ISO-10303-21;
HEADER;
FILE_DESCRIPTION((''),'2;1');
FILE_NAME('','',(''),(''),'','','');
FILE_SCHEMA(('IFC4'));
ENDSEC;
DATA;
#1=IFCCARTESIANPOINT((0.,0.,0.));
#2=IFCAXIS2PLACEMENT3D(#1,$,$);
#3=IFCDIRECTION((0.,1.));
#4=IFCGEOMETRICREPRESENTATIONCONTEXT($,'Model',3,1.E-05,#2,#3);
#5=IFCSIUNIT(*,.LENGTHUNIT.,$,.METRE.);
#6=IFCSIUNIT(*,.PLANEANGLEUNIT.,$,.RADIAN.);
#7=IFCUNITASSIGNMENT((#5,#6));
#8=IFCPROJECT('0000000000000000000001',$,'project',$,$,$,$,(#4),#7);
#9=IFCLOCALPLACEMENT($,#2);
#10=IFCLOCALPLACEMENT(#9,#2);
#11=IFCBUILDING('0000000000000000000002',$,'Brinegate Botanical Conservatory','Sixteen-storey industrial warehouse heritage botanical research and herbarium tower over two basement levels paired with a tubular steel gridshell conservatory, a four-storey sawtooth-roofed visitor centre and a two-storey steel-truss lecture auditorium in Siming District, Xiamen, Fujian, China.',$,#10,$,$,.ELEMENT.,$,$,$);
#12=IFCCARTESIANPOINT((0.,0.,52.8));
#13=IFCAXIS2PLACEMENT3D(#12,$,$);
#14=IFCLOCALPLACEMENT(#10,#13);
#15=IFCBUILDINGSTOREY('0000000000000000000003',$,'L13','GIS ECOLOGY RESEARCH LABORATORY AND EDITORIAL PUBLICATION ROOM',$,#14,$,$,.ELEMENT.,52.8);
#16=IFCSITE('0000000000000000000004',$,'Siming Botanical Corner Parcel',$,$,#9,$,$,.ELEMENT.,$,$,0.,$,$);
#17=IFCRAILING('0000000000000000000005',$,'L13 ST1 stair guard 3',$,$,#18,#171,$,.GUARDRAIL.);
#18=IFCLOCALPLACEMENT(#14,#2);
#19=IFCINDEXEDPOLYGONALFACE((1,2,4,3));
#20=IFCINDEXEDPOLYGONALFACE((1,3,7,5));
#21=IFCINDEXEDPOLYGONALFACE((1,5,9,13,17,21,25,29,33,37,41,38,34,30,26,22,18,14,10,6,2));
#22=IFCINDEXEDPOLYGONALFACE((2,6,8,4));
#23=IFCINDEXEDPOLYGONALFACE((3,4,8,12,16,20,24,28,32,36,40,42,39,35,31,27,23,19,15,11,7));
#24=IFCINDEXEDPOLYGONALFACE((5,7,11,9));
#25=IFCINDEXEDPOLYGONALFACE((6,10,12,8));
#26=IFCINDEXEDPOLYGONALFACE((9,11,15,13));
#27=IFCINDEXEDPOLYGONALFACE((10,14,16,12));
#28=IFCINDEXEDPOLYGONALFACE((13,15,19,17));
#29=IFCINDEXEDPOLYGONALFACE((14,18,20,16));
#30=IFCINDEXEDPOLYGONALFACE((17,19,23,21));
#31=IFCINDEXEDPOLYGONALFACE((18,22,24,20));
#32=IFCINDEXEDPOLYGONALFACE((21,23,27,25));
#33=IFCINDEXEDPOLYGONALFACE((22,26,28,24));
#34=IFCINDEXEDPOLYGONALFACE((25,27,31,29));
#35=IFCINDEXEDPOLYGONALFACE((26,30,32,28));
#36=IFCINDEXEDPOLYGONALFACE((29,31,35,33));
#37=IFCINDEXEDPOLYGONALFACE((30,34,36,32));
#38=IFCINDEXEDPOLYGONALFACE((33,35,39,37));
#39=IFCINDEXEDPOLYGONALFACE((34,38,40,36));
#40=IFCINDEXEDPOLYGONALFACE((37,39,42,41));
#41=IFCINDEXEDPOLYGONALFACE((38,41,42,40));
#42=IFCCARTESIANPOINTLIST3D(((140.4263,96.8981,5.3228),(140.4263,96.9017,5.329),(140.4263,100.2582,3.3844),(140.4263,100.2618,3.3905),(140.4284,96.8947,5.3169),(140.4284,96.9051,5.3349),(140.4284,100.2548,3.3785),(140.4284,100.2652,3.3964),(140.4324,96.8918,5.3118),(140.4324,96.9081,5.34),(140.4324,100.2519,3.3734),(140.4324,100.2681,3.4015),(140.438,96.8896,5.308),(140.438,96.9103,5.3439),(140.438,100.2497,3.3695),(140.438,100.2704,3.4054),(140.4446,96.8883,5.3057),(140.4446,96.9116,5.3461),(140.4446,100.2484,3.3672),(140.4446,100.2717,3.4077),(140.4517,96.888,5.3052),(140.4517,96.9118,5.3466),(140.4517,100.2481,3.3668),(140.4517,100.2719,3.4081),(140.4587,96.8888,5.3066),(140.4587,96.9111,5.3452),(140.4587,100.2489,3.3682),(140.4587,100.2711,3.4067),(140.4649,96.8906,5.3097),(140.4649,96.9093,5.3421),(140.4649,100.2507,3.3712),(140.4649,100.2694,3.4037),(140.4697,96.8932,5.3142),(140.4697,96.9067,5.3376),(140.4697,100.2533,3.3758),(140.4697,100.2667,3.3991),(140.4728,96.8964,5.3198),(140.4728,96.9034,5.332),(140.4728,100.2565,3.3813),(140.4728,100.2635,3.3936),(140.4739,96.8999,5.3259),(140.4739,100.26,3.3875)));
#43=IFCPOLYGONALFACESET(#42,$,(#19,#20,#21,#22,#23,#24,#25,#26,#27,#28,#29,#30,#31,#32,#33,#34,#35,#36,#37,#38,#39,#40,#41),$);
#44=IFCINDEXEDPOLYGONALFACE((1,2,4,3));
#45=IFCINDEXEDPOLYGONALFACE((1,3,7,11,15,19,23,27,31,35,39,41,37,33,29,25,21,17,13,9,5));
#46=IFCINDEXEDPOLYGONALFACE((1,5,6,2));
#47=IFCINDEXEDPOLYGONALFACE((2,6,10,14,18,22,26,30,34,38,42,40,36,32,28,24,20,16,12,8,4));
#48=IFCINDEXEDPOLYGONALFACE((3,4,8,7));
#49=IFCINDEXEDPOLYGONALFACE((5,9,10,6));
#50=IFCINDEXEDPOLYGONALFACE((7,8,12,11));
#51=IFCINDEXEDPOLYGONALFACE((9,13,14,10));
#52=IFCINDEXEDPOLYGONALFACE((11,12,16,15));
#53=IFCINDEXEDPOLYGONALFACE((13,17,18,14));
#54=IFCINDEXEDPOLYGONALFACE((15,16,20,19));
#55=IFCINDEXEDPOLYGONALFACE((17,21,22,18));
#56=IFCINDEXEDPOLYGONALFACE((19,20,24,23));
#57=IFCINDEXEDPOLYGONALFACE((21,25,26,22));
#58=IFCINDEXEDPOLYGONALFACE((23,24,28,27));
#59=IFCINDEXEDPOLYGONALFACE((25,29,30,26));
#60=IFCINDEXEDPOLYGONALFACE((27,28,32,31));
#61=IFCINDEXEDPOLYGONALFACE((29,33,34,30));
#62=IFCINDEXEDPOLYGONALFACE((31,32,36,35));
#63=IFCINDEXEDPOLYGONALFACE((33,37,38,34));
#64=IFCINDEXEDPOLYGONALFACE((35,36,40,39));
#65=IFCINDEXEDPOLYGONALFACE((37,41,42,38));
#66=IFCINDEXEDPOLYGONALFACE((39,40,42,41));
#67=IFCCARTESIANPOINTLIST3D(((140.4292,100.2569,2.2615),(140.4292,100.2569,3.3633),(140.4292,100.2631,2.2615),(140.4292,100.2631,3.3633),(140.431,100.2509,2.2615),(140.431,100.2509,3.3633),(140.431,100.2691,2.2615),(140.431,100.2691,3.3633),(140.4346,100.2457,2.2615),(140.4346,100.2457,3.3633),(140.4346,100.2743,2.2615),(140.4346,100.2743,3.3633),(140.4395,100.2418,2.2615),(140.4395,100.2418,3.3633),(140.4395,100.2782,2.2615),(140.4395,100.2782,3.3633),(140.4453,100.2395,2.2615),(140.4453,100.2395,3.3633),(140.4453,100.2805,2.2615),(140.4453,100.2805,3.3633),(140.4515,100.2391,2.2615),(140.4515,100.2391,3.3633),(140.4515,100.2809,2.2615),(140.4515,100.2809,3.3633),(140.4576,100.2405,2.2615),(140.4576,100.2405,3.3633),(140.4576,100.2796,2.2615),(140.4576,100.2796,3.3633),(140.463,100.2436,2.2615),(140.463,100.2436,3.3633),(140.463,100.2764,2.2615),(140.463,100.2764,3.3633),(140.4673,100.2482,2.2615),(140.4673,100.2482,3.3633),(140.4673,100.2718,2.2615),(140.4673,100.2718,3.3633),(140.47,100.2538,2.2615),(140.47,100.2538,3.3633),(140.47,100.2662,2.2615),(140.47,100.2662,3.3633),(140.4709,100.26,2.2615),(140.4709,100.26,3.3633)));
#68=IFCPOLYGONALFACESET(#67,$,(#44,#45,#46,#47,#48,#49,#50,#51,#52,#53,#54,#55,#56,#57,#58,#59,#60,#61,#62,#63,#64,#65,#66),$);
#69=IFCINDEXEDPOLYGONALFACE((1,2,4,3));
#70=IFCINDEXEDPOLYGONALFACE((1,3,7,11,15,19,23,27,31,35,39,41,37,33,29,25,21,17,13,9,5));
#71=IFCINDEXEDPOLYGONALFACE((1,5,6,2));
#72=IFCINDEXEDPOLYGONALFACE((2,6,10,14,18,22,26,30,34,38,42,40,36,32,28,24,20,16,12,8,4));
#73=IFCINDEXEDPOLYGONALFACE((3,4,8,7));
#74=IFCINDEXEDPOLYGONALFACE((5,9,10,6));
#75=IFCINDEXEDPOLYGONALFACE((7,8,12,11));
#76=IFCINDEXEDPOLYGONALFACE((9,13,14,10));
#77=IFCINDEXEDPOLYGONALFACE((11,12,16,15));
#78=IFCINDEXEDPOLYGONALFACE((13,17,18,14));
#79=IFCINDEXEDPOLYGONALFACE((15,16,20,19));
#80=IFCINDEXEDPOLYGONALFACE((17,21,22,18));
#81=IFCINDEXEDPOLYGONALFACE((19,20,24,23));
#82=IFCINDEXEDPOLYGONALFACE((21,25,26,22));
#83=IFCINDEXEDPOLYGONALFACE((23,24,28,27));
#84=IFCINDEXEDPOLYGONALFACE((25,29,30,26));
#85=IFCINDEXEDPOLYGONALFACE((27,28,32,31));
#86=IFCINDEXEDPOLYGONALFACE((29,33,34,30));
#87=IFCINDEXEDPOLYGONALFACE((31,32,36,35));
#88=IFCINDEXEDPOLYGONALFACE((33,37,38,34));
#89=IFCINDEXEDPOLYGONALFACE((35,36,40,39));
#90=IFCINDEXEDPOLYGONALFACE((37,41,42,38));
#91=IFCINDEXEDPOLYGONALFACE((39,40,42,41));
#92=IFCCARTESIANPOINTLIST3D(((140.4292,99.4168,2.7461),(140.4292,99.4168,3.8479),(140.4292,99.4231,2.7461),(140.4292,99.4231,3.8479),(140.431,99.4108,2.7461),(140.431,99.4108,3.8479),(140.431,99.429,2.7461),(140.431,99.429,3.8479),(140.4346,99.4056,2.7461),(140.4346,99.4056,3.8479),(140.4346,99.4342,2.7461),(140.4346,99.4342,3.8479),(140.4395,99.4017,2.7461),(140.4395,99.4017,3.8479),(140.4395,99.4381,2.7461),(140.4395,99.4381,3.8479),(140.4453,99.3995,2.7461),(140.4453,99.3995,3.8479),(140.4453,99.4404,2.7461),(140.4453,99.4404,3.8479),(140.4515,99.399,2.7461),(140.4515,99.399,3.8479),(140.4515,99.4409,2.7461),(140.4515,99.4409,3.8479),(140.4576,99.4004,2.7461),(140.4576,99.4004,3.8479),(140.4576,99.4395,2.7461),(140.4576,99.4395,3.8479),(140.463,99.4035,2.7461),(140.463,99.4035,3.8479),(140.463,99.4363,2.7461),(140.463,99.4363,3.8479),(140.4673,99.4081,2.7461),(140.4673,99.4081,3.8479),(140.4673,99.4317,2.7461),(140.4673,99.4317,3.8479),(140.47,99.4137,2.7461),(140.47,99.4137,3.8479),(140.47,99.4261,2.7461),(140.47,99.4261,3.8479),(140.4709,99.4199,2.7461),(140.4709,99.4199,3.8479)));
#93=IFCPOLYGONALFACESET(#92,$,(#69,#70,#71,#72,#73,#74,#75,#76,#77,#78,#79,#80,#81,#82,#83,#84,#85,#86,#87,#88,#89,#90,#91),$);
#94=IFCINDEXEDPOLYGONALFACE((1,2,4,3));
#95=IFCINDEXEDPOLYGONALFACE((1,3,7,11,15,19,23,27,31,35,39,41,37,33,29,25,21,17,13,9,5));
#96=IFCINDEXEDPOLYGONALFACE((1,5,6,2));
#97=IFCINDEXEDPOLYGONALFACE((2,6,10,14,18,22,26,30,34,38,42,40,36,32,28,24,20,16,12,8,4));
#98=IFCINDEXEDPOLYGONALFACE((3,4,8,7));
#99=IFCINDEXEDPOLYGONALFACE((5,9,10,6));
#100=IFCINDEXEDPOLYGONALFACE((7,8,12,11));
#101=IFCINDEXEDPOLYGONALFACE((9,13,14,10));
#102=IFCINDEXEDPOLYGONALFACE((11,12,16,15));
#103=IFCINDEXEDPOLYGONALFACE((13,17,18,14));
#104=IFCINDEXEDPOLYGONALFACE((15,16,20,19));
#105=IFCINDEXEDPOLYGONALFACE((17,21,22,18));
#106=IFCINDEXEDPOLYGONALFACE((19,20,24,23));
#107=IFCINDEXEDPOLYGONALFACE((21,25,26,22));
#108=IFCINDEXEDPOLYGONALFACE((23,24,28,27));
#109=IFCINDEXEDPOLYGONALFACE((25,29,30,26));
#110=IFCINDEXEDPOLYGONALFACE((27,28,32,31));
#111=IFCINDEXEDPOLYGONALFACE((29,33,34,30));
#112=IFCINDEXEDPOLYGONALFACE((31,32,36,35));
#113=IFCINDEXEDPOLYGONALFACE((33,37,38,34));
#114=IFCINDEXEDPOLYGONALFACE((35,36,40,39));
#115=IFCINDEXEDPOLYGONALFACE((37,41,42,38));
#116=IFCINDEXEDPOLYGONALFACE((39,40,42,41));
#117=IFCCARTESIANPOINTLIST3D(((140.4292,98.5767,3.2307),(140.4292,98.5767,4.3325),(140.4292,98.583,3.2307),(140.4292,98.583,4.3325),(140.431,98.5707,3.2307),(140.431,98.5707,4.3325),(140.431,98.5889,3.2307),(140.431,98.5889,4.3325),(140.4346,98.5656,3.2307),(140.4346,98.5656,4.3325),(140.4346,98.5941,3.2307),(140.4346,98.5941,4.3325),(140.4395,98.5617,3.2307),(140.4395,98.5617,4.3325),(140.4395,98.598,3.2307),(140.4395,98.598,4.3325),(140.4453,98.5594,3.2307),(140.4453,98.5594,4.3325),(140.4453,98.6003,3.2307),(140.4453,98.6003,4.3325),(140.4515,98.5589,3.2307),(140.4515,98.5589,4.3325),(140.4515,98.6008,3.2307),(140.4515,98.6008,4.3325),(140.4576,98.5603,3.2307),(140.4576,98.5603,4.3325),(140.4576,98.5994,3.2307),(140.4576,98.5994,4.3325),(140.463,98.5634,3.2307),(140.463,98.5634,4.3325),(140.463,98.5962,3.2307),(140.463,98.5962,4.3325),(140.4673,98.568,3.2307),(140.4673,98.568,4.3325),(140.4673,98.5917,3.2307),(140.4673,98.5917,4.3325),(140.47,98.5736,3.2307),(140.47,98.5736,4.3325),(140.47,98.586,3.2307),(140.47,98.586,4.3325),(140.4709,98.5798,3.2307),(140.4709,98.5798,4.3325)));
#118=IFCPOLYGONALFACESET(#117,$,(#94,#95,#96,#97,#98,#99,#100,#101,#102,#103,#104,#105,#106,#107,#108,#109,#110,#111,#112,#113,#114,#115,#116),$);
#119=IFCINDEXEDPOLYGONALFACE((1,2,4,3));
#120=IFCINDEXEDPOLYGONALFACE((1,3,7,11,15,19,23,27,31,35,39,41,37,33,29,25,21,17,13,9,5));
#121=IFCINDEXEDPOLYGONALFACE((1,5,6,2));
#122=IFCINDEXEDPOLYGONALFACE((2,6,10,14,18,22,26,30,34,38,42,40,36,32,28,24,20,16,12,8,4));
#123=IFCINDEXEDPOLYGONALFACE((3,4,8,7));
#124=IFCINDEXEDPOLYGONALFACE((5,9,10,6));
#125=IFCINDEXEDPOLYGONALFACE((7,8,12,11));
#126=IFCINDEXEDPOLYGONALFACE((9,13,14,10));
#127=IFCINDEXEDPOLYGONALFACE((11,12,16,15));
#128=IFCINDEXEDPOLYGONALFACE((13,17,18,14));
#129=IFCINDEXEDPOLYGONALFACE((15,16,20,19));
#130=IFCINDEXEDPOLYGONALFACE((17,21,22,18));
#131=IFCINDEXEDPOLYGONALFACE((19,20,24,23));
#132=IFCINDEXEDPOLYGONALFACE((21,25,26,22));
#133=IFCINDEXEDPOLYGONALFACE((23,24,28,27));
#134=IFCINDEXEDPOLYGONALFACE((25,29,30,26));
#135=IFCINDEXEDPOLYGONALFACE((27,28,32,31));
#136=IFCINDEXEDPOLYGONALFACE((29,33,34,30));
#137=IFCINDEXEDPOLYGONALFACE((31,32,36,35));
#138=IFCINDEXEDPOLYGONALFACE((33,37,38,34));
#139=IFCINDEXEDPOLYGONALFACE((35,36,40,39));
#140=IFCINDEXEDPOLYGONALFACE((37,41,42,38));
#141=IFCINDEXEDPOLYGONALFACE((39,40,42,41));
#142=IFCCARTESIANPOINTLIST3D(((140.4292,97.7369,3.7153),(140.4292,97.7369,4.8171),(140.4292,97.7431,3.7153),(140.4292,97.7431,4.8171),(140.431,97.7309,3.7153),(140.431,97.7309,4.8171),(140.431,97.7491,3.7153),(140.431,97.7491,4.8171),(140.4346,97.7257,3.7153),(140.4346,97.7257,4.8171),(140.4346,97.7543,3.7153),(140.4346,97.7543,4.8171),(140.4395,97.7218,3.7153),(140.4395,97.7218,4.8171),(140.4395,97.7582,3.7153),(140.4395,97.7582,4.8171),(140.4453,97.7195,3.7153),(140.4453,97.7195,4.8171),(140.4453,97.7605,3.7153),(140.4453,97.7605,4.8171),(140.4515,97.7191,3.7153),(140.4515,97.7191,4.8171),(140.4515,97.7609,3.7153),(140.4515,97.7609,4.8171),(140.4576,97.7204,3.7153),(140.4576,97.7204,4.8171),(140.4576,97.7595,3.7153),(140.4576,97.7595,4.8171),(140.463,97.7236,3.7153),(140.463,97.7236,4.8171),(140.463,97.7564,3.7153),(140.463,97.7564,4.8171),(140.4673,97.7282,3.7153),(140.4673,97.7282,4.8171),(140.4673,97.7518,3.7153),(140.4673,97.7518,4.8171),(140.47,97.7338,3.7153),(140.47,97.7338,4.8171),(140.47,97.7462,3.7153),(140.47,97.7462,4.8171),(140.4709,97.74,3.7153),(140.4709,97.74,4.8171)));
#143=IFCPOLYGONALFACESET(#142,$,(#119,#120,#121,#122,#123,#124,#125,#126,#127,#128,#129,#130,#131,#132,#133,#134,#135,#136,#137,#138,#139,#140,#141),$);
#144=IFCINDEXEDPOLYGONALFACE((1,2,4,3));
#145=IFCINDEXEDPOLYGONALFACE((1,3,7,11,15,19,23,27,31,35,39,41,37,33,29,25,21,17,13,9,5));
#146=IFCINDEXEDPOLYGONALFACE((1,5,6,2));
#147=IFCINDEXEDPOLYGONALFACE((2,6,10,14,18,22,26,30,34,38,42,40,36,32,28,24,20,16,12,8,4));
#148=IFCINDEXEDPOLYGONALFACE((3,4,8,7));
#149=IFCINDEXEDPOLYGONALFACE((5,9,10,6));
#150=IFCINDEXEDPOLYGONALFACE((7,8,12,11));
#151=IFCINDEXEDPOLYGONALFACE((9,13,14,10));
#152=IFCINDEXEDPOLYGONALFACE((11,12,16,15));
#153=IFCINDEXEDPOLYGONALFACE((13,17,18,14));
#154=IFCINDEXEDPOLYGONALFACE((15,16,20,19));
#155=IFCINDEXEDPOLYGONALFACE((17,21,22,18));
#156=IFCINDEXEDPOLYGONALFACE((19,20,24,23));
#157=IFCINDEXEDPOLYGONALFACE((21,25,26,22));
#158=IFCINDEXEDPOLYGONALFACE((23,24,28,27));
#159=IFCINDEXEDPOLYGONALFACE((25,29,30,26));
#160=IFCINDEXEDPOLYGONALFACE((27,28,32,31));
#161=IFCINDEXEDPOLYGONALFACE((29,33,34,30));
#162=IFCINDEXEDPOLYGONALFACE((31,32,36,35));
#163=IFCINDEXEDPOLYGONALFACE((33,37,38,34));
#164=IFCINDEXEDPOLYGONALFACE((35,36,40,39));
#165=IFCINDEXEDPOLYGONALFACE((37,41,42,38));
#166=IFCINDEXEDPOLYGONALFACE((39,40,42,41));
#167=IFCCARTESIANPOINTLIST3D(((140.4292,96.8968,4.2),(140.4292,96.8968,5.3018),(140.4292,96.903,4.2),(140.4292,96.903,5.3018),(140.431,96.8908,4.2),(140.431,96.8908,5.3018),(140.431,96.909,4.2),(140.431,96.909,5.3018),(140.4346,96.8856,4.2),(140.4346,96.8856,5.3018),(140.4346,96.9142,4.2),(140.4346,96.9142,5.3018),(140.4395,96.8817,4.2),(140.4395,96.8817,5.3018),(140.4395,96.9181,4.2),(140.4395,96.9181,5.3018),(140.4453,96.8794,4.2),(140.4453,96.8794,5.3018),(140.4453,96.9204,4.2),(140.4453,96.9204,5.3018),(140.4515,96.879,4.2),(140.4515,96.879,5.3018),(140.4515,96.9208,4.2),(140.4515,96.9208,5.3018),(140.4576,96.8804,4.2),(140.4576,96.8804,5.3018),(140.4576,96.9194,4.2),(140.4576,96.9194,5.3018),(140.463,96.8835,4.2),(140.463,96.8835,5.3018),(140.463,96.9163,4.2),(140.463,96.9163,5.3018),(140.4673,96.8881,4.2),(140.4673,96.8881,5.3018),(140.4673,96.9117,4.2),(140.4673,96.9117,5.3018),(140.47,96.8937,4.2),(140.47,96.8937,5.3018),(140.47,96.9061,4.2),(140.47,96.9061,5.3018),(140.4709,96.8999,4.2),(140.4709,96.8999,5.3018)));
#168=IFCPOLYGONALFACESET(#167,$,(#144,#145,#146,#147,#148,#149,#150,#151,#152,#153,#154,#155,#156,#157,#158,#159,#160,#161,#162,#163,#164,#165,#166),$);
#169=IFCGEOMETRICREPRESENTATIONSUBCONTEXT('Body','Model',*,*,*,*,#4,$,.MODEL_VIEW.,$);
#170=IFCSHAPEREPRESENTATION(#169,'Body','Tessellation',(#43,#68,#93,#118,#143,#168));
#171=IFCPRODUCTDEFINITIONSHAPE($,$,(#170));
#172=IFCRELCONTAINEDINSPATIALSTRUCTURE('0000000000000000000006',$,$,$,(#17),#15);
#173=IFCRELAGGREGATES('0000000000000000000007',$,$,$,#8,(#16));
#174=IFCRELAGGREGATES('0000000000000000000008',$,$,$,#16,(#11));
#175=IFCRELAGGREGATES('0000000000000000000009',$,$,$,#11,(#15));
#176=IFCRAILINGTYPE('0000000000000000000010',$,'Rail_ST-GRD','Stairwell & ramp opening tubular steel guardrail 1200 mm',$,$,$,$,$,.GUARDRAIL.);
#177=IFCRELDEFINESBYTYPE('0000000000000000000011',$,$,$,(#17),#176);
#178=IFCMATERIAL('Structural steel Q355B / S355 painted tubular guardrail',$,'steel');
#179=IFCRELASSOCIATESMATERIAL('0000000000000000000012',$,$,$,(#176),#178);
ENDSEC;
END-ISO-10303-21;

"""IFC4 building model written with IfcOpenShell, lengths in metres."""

from ifc_helpers import new_model, si_unit, direction, frame, origin, origin_2d, place, context, subcontext, project, spatial, circle, extrude, material, type_object, element, save


model = new_model("IFC4")

# Units and contexts
model_context = context("Model", 3, precision=1e-05, world=origin(), true_north=direction((0.0, 1.0)))
body_context = subcontext(model_context, "Body", "Model", "MODEL_VIEW")
ifc_project = project(units=[si_unit("LENGTHUNIT", "METRE"), si_unit("PLANEANGLEUNIT", "RADIAN")], contexts=[model_context])

# Site, building, storey
site_placement = place(None, origin())
site = spatial("IfcSite", under=ifc_project, at=site_placement, Name="Siming Botanical Corner Parcel", CompositionType="ELEMENT", RefElevation=0.0)
building_placement = place(site_placement, origin())
building = spatial("IfcBuilding", under=site, at=building_placement, Name="Brinegate Botanical Conservatory", Description="Sixteen-storey industrial warehouse heritage botanical research and herbarium tower over two basement levels paired with a tubular steel gridshell conservatory, a four-storey sawtooth-roofed visitor centre and a two-storey steel-truss lecture auditorium in Siming District, Xiamen, Fujian, China.", CompositionType="ELEMENT")
storey_placement = place(building_placement, frame((0.0, 0.0, 52.8)))
storey = spatial("IfcBuildingStorey", under=building, at=storey_placement, Name="L13", Description="GIS ECOLOGY RESEARCH LABORATORY AND EDITORIAL PUBLICATION ROOM", CompositionType="ELEMENT", Elevation=52.8)

# Railing
ifc_material_1 = material(Name="Structural steel Q355B / S355 painted tubular guardrail", Category="steel")
railing_type_1 = type_object("IfcRailingType", Name="Rail_ST-GRD", Description="Stairwell & ramp opening tubular steel guardrail 1200 mm", PredefinedType="GUARDRAIL", material=ifc_material_1)
railing_1_placement = place(storey_placement, frame((140.45, 100.26, 2.2615)))
element("IfcRailing", 1, at=railing_1_placement, inside=storey, type_object=railing_type_1, Name="L13 ST1 stair guard 3", PredefinedType="GUARDRAIL", context=body_context, shape_type="SweptSolid", body=[
    extrude(circle(Radius=0.0239, at=origin_2d()), frame((0.0, 0.0, 1.126), z_axis=(0.0, -0.866191, 0.499713), x_axis=(1.0, 0.0, 0.0)), (0.0, 0.0, 1.0), 3.8792),
    extrude(circle(Radius=0.021, at=origin_2d()), origin(), (0.0, 0.0, 1.0), 1.1018),
    extrude(circle(Radius=0.021, at=origin_2d()), frame((0.0, -0.8401, 0.4846)), (0.0, 0.0, 1.0), 1.1018),
    extrude(circle(Radius=0.021, at=origin_2d()), frame((0.0, -1.6802, 0.9692)), (0.0, 0.0, 1.0), 1.1018),
    extrude(circle(Radius=0.021, at=origin_2d()), frame((0.0, -2.52, 1.4539)), (0.0, 0.0, 1.0), 1.1018),
    extrude(circle(Radius=0.021, at=origin_2d()), frame((0.0, -3.3601, 1.9385)), (0.0, 0.0, 1.0), 1.1018),
])

save(model, "model.ifc")
